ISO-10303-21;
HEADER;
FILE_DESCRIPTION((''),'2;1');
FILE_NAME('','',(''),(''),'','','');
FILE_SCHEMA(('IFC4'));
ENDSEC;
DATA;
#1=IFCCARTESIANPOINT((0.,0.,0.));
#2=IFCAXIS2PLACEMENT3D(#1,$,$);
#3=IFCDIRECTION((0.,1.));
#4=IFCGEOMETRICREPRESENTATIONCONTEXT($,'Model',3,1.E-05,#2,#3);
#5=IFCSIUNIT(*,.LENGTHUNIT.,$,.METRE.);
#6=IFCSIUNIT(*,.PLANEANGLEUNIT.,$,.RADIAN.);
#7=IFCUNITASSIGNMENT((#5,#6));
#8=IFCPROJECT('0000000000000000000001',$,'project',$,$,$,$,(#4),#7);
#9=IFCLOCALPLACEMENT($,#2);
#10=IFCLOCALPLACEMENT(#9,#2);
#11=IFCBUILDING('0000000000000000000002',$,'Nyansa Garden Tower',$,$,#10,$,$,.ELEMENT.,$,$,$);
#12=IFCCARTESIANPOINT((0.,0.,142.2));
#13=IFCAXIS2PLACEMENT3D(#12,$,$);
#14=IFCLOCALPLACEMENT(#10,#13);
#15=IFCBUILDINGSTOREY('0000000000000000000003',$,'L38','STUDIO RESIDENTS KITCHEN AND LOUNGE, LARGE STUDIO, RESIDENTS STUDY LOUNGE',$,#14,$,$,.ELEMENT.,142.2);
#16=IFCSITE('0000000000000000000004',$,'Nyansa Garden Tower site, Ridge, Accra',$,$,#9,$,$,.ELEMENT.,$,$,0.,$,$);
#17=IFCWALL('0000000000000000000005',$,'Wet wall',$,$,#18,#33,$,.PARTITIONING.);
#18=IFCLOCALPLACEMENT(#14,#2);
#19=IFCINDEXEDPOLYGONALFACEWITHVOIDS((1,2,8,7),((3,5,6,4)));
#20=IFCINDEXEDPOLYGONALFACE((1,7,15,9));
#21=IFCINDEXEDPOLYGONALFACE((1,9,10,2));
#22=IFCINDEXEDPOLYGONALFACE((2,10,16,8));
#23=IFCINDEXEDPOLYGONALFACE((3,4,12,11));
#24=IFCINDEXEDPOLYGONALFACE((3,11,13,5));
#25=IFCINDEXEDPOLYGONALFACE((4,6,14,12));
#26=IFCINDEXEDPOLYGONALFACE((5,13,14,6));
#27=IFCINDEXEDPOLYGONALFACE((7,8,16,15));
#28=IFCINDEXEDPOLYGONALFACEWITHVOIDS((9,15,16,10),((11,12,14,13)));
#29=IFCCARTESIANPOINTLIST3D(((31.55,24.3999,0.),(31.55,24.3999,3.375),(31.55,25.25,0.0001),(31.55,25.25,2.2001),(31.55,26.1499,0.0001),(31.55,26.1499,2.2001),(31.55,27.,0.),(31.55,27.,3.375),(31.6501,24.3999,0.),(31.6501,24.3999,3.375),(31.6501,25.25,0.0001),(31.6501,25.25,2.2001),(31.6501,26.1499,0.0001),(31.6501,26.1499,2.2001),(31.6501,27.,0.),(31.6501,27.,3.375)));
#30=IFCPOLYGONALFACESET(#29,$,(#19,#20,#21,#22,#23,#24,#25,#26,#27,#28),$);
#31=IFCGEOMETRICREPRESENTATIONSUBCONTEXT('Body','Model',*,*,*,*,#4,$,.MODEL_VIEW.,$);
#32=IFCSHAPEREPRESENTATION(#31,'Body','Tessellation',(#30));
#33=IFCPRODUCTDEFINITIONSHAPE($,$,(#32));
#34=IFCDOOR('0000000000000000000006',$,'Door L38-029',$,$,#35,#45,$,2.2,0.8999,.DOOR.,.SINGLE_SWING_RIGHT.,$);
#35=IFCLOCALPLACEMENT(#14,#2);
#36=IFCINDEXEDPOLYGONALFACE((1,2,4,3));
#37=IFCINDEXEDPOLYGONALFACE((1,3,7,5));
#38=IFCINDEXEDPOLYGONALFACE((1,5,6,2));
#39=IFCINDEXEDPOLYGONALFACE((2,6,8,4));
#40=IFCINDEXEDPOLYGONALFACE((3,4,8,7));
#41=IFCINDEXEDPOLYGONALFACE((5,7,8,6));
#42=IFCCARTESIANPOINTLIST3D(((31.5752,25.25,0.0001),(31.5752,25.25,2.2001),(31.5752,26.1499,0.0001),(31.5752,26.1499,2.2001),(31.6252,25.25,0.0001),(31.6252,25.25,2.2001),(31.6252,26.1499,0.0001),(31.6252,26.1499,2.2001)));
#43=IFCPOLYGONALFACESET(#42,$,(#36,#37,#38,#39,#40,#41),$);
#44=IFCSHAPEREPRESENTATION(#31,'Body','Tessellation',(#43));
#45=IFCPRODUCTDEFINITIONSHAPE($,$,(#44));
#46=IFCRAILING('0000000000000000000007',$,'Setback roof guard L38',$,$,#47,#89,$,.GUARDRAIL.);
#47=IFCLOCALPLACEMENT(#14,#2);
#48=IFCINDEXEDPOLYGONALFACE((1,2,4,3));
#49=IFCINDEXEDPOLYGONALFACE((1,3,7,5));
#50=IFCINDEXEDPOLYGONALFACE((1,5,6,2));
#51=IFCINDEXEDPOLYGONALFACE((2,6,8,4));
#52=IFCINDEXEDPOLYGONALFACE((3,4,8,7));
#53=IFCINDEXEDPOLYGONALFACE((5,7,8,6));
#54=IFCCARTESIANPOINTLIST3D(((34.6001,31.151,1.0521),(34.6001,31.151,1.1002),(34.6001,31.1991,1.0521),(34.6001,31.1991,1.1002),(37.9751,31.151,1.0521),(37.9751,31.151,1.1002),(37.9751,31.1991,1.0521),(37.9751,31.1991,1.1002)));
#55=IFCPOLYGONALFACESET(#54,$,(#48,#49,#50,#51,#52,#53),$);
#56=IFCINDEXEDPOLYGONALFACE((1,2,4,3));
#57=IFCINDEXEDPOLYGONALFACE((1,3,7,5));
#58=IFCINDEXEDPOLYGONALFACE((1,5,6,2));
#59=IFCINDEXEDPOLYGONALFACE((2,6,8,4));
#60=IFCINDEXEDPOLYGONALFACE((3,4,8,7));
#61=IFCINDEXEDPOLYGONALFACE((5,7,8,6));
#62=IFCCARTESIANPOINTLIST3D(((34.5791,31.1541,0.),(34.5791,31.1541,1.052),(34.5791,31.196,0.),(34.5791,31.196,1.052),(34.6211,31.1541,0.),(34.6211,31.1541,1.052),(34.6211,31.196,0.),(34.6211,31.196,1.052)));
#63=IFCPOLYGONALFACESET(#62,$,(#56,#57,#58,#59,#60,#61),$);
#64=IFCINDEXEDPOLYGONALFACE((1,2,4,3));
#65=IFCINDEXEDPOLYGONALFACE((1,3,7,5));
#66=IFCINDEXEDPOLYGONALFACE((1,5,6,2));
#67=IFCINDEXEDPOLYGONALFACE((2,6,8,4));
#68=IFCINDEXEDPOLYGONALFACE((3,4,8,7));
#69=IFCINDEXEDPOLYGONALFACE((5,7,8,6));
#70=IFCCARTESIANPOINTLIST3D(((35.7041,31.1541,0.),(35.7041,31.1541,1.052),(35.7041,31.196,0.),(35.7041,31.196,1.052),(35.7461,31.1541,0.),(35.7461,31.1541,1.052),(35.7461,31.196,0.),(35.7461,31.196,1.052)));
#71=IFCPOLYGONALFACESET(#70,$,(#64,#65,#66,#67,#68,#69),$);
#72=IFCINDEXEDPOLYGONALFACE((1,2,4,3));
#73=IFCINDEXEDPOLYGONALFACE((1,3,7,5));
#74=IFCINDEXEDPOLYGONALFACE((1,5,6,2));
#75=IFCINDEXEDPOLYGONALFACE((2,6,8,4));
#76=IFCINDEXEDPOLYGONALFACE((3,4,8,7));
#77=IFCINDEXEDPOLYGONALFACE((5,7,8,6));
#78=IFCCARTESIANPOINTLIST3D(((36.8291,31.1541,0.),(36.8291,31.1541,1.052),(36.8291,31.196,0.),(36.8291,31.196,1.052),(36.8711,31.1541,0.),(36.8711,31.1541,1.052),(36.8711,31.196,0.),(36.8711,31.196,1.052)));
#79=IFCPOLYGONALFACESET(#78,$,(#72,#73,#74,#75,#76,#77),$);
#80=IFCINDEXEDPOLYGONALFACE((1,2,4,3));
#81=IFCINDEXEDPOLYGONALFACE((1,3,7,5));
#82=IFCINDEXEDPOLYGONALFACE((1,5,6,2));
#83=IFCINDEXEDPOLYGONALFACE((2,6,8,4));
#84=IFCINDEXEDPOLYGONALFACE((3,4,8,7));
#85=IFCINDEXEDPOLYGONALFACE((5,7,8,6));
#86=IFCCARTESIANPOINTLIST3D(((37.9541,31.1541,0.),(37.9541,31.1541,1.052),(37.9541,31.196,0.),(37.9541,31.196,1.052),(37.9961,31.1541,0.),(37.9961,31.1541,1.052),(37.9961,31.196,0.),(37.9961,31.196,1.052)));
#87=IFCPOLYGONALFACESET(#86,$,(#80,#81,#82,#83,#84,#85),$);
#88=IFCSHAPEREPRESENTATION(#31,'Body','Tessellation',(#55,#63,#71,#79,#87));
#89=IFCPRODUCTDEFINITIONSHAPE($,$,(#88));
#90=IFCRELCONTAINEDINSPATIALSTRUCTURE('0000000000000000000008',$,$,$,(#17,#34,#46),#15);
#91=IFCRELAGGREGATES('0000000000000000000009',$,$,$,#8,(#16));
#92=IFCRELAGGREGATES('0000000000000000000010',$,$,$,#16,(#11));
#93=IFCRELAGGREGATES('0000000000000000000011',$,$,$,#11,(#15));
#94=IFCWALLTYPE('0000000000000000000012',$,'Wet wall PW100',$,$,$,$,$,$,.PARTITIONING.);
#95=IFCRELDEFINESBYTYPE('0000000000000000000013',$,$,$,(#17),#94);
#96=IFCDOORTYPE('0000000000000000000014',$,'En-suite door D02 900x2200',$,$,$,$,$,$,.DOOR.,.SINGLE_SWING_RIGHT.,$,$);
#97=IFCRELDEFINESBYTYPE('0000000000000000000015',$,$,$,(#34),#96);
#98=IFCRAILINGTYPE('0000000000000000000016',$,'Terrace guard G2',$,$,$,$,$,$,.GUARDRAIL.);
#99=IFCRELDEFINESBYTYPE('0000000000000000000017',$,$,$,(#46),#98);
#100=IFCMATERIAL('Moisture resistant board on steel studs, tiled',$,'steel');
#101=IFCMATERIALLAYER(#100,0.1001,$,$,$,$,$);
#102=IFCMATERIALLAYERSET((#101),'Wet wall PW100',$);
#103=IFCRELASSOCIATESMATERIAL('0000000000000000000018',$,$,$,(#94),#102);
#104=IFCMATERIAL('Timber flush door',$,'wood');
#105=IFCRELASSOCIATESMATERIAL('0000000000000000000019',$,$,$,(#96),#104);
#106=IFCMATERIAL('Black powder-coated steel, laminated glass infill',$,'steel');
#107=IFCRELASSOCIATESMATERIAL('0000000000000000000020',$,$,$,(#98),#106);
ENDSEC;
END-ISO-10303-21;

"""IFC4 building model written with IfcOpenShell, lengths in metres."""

from ifc_helpers import new_model, si_unit, direction, frame, frame_2d, origin, origin_2d, place, context, subcontext, project, spatial, rectangle, extrude, material, layer, layer_set, type_object, element, fill, save


model = new_model("IFC4")

# Units and contexts
model_context = context("Model", 3, precision=1e-05, world=origin(), true_north=direction((0.0, 1.0)))
body_context = subcontext(model_context, "Body", "Model", "MODEL_VIEW")
ifc_project = project(units=[si_unit("LENGTHUNIT", "METRE"), si_unit("PLANEANGLEUNIT", "RADIAN")], contexts=[model_context])

# Site, building, storey
site_placement = place(None, origin())
site = spatial("IfcSite", under=ifc_project, at=site_placement, Name="Nyansa Garden Tower site, Ridge, Accra", CompositionType="ELEMENT", RefElevation=0.0)
building_placement = place(site_placement, origin())
building = spatial("IfcBuilding", under=site, at=building_placement, Name="Nyansa Garden Tower", CompositionType="ELEMENT")
storey_placement = place(building_placement, frame((0.0, 0.0, 142.2)))
storey = spatial("IfcBuildingStorey", under=building, at=storey_placement, Name="L38", Description="STUDIO RESIDENTS KITCHEN AND LOUNGE, LARGE STUDIO, RESIDENTS STUDY LOUNGE", CompositionType="ELEMENT", Elevation=142.2)

# Wall, opening, door
ifc_material_1 = material(Name="Moisture resistant board on steel studs, tiled", Category="steel")
ifc_layer_1 = layer(ifc_material_1, 0.1001)
ifc_layer_set_1 = layer_set([ifc_layer_1], Name="Wet wall PW100")
wall_type_1 = type_object("IfcWallType", Name="Wet wall PW100", PredefinedType="PARTITIONING", material=ifc_layer_set_1)
wall_1_placement = place(storey_placement, frame((31.6001, 24.3999, 0.0), z_axis=(0.0, 0.0, 1.0), x_axis=(0.0, 1.0, 0.0)))
wall_1 = element("IfcWall", 1, at=wall_1_placement, inside=storey, type_object=wall_type_1, Name="Wet wall", PredefinedType="PARTITIONING", context=body_context, shape_type="SweptSolid", body=[
    extrude(rectangle(XDim=2.6001, YDim=0.1001, at=frame_2d((1.3, 0.0))), origin(), (0.0, 0.0, 1.0), 3.375),
])
opening_1_placement = place(wall_1_placement, frame((0.8501, 0.0, 0.0)))
opening_1 = element("IfcOpeningElement", 2, at=opening_1_placement, cuts=wall_1, PredefinedType="OPENING", context=body_context, shape_type="SweptSolid", body=[
    extrude(rectangle(XDim=0.8999, YDim=2.2, at=frame_2d((0.45, 1.1001))), frame((0.0, 0.0601, 0.0), z_axis=(0.0, -1.0, 0.0), x_axis=(1.0, 0.0, 0.0)), (0.0, 0.0, 1.0), 0.1201),
])
ifc_material_2 = material(Name="Timber flush door", Category="wood")
door_type_1 = type_object("IfcDoorType", Name="En-suite door D02 900x2200", OperationType="SINGLE_SWING_RIGHT", PredefinedType="DOOR", material=ifc_material_2)
door_1_placement = place(opening_1_placement, origin())
door_1 = element("IfcDoor", 3, at=door_1_placement, inside=storey, type_object=door_type_1, Name="Door L38-029", OperationType="SINGLE_SWING_RIGHT", OverallHeight=2.2, OverallWidth=0.8999, PredefinedType="DOOR", context=body_context, shape_type="SweptSolid", body=[
    extrude(rectangle(XDim=0.8999, YDim=2.2, at=frame_2d((0.45, 1.1001))), frame((0.0, 0.0249, 0.0), z_axis=(0.0, -1.0, 0.0), x_axis=(1.0, 0.0, 0.0)), (0.0, 0.0, 1.0), 0.05),
])
fill(opening_1, door_1)

# Railing
ifc_material_3 = material(Name="Black powder-coated steel, laminated glass infill", Category="steel")
railing_type = type_object("IfcRailingType", Name="Terrace guard G2", PredefinedType="GUARDRAIL", material=ifc_material_3)
railing_1_placement = place(storey_placement, frame((34.6001, 31.175, 0.0)))
element("IfcRailing", 4, at=railing_1_placement, inside=storey, type_object=railing_type, Name="Setback roof guard L38", PredefinedType="GUARDRAIL", context=body_context, shape_type="SweptSolid", body=[
    extrude(rectangle(XDim=0.0481, YDim=0.0481, at=origin_2d()), frame((0.0, 0.0, 1.0762), z_axis=(1.0, 0.0, 0.0), x_axis=(0.0, 1.0, 0.0)), (0.0, 0.0, 1.0), 3.375),
    extrude(rectangle(XDim=0.042, YDim=0.042, at=origin_2d()), origin(), (0.0, 0.0, 1.0), 1.052),
    extrude(rectangle(XDim=0.042, YDim=0.042, at=origin_2d()), frame((1.125, 0.0, 0.0)), (0.0, 0.0, 1.0), 1.052),
    extrude(rectangle(XDim=0.042, YDim=0.042, at=origin_2d()), frame((2.25, 0.0, 0.0)), (0.0, 0.0, 1.0), 1.052),
    extrude(rectangle(XDim=0.042, YDim=0.042, at=origin_2d()), frame((3.375, 0.0, 0.0)), (0.0, 0.0, 1.0), 1.052),
])

save(model, "model.ifc")
